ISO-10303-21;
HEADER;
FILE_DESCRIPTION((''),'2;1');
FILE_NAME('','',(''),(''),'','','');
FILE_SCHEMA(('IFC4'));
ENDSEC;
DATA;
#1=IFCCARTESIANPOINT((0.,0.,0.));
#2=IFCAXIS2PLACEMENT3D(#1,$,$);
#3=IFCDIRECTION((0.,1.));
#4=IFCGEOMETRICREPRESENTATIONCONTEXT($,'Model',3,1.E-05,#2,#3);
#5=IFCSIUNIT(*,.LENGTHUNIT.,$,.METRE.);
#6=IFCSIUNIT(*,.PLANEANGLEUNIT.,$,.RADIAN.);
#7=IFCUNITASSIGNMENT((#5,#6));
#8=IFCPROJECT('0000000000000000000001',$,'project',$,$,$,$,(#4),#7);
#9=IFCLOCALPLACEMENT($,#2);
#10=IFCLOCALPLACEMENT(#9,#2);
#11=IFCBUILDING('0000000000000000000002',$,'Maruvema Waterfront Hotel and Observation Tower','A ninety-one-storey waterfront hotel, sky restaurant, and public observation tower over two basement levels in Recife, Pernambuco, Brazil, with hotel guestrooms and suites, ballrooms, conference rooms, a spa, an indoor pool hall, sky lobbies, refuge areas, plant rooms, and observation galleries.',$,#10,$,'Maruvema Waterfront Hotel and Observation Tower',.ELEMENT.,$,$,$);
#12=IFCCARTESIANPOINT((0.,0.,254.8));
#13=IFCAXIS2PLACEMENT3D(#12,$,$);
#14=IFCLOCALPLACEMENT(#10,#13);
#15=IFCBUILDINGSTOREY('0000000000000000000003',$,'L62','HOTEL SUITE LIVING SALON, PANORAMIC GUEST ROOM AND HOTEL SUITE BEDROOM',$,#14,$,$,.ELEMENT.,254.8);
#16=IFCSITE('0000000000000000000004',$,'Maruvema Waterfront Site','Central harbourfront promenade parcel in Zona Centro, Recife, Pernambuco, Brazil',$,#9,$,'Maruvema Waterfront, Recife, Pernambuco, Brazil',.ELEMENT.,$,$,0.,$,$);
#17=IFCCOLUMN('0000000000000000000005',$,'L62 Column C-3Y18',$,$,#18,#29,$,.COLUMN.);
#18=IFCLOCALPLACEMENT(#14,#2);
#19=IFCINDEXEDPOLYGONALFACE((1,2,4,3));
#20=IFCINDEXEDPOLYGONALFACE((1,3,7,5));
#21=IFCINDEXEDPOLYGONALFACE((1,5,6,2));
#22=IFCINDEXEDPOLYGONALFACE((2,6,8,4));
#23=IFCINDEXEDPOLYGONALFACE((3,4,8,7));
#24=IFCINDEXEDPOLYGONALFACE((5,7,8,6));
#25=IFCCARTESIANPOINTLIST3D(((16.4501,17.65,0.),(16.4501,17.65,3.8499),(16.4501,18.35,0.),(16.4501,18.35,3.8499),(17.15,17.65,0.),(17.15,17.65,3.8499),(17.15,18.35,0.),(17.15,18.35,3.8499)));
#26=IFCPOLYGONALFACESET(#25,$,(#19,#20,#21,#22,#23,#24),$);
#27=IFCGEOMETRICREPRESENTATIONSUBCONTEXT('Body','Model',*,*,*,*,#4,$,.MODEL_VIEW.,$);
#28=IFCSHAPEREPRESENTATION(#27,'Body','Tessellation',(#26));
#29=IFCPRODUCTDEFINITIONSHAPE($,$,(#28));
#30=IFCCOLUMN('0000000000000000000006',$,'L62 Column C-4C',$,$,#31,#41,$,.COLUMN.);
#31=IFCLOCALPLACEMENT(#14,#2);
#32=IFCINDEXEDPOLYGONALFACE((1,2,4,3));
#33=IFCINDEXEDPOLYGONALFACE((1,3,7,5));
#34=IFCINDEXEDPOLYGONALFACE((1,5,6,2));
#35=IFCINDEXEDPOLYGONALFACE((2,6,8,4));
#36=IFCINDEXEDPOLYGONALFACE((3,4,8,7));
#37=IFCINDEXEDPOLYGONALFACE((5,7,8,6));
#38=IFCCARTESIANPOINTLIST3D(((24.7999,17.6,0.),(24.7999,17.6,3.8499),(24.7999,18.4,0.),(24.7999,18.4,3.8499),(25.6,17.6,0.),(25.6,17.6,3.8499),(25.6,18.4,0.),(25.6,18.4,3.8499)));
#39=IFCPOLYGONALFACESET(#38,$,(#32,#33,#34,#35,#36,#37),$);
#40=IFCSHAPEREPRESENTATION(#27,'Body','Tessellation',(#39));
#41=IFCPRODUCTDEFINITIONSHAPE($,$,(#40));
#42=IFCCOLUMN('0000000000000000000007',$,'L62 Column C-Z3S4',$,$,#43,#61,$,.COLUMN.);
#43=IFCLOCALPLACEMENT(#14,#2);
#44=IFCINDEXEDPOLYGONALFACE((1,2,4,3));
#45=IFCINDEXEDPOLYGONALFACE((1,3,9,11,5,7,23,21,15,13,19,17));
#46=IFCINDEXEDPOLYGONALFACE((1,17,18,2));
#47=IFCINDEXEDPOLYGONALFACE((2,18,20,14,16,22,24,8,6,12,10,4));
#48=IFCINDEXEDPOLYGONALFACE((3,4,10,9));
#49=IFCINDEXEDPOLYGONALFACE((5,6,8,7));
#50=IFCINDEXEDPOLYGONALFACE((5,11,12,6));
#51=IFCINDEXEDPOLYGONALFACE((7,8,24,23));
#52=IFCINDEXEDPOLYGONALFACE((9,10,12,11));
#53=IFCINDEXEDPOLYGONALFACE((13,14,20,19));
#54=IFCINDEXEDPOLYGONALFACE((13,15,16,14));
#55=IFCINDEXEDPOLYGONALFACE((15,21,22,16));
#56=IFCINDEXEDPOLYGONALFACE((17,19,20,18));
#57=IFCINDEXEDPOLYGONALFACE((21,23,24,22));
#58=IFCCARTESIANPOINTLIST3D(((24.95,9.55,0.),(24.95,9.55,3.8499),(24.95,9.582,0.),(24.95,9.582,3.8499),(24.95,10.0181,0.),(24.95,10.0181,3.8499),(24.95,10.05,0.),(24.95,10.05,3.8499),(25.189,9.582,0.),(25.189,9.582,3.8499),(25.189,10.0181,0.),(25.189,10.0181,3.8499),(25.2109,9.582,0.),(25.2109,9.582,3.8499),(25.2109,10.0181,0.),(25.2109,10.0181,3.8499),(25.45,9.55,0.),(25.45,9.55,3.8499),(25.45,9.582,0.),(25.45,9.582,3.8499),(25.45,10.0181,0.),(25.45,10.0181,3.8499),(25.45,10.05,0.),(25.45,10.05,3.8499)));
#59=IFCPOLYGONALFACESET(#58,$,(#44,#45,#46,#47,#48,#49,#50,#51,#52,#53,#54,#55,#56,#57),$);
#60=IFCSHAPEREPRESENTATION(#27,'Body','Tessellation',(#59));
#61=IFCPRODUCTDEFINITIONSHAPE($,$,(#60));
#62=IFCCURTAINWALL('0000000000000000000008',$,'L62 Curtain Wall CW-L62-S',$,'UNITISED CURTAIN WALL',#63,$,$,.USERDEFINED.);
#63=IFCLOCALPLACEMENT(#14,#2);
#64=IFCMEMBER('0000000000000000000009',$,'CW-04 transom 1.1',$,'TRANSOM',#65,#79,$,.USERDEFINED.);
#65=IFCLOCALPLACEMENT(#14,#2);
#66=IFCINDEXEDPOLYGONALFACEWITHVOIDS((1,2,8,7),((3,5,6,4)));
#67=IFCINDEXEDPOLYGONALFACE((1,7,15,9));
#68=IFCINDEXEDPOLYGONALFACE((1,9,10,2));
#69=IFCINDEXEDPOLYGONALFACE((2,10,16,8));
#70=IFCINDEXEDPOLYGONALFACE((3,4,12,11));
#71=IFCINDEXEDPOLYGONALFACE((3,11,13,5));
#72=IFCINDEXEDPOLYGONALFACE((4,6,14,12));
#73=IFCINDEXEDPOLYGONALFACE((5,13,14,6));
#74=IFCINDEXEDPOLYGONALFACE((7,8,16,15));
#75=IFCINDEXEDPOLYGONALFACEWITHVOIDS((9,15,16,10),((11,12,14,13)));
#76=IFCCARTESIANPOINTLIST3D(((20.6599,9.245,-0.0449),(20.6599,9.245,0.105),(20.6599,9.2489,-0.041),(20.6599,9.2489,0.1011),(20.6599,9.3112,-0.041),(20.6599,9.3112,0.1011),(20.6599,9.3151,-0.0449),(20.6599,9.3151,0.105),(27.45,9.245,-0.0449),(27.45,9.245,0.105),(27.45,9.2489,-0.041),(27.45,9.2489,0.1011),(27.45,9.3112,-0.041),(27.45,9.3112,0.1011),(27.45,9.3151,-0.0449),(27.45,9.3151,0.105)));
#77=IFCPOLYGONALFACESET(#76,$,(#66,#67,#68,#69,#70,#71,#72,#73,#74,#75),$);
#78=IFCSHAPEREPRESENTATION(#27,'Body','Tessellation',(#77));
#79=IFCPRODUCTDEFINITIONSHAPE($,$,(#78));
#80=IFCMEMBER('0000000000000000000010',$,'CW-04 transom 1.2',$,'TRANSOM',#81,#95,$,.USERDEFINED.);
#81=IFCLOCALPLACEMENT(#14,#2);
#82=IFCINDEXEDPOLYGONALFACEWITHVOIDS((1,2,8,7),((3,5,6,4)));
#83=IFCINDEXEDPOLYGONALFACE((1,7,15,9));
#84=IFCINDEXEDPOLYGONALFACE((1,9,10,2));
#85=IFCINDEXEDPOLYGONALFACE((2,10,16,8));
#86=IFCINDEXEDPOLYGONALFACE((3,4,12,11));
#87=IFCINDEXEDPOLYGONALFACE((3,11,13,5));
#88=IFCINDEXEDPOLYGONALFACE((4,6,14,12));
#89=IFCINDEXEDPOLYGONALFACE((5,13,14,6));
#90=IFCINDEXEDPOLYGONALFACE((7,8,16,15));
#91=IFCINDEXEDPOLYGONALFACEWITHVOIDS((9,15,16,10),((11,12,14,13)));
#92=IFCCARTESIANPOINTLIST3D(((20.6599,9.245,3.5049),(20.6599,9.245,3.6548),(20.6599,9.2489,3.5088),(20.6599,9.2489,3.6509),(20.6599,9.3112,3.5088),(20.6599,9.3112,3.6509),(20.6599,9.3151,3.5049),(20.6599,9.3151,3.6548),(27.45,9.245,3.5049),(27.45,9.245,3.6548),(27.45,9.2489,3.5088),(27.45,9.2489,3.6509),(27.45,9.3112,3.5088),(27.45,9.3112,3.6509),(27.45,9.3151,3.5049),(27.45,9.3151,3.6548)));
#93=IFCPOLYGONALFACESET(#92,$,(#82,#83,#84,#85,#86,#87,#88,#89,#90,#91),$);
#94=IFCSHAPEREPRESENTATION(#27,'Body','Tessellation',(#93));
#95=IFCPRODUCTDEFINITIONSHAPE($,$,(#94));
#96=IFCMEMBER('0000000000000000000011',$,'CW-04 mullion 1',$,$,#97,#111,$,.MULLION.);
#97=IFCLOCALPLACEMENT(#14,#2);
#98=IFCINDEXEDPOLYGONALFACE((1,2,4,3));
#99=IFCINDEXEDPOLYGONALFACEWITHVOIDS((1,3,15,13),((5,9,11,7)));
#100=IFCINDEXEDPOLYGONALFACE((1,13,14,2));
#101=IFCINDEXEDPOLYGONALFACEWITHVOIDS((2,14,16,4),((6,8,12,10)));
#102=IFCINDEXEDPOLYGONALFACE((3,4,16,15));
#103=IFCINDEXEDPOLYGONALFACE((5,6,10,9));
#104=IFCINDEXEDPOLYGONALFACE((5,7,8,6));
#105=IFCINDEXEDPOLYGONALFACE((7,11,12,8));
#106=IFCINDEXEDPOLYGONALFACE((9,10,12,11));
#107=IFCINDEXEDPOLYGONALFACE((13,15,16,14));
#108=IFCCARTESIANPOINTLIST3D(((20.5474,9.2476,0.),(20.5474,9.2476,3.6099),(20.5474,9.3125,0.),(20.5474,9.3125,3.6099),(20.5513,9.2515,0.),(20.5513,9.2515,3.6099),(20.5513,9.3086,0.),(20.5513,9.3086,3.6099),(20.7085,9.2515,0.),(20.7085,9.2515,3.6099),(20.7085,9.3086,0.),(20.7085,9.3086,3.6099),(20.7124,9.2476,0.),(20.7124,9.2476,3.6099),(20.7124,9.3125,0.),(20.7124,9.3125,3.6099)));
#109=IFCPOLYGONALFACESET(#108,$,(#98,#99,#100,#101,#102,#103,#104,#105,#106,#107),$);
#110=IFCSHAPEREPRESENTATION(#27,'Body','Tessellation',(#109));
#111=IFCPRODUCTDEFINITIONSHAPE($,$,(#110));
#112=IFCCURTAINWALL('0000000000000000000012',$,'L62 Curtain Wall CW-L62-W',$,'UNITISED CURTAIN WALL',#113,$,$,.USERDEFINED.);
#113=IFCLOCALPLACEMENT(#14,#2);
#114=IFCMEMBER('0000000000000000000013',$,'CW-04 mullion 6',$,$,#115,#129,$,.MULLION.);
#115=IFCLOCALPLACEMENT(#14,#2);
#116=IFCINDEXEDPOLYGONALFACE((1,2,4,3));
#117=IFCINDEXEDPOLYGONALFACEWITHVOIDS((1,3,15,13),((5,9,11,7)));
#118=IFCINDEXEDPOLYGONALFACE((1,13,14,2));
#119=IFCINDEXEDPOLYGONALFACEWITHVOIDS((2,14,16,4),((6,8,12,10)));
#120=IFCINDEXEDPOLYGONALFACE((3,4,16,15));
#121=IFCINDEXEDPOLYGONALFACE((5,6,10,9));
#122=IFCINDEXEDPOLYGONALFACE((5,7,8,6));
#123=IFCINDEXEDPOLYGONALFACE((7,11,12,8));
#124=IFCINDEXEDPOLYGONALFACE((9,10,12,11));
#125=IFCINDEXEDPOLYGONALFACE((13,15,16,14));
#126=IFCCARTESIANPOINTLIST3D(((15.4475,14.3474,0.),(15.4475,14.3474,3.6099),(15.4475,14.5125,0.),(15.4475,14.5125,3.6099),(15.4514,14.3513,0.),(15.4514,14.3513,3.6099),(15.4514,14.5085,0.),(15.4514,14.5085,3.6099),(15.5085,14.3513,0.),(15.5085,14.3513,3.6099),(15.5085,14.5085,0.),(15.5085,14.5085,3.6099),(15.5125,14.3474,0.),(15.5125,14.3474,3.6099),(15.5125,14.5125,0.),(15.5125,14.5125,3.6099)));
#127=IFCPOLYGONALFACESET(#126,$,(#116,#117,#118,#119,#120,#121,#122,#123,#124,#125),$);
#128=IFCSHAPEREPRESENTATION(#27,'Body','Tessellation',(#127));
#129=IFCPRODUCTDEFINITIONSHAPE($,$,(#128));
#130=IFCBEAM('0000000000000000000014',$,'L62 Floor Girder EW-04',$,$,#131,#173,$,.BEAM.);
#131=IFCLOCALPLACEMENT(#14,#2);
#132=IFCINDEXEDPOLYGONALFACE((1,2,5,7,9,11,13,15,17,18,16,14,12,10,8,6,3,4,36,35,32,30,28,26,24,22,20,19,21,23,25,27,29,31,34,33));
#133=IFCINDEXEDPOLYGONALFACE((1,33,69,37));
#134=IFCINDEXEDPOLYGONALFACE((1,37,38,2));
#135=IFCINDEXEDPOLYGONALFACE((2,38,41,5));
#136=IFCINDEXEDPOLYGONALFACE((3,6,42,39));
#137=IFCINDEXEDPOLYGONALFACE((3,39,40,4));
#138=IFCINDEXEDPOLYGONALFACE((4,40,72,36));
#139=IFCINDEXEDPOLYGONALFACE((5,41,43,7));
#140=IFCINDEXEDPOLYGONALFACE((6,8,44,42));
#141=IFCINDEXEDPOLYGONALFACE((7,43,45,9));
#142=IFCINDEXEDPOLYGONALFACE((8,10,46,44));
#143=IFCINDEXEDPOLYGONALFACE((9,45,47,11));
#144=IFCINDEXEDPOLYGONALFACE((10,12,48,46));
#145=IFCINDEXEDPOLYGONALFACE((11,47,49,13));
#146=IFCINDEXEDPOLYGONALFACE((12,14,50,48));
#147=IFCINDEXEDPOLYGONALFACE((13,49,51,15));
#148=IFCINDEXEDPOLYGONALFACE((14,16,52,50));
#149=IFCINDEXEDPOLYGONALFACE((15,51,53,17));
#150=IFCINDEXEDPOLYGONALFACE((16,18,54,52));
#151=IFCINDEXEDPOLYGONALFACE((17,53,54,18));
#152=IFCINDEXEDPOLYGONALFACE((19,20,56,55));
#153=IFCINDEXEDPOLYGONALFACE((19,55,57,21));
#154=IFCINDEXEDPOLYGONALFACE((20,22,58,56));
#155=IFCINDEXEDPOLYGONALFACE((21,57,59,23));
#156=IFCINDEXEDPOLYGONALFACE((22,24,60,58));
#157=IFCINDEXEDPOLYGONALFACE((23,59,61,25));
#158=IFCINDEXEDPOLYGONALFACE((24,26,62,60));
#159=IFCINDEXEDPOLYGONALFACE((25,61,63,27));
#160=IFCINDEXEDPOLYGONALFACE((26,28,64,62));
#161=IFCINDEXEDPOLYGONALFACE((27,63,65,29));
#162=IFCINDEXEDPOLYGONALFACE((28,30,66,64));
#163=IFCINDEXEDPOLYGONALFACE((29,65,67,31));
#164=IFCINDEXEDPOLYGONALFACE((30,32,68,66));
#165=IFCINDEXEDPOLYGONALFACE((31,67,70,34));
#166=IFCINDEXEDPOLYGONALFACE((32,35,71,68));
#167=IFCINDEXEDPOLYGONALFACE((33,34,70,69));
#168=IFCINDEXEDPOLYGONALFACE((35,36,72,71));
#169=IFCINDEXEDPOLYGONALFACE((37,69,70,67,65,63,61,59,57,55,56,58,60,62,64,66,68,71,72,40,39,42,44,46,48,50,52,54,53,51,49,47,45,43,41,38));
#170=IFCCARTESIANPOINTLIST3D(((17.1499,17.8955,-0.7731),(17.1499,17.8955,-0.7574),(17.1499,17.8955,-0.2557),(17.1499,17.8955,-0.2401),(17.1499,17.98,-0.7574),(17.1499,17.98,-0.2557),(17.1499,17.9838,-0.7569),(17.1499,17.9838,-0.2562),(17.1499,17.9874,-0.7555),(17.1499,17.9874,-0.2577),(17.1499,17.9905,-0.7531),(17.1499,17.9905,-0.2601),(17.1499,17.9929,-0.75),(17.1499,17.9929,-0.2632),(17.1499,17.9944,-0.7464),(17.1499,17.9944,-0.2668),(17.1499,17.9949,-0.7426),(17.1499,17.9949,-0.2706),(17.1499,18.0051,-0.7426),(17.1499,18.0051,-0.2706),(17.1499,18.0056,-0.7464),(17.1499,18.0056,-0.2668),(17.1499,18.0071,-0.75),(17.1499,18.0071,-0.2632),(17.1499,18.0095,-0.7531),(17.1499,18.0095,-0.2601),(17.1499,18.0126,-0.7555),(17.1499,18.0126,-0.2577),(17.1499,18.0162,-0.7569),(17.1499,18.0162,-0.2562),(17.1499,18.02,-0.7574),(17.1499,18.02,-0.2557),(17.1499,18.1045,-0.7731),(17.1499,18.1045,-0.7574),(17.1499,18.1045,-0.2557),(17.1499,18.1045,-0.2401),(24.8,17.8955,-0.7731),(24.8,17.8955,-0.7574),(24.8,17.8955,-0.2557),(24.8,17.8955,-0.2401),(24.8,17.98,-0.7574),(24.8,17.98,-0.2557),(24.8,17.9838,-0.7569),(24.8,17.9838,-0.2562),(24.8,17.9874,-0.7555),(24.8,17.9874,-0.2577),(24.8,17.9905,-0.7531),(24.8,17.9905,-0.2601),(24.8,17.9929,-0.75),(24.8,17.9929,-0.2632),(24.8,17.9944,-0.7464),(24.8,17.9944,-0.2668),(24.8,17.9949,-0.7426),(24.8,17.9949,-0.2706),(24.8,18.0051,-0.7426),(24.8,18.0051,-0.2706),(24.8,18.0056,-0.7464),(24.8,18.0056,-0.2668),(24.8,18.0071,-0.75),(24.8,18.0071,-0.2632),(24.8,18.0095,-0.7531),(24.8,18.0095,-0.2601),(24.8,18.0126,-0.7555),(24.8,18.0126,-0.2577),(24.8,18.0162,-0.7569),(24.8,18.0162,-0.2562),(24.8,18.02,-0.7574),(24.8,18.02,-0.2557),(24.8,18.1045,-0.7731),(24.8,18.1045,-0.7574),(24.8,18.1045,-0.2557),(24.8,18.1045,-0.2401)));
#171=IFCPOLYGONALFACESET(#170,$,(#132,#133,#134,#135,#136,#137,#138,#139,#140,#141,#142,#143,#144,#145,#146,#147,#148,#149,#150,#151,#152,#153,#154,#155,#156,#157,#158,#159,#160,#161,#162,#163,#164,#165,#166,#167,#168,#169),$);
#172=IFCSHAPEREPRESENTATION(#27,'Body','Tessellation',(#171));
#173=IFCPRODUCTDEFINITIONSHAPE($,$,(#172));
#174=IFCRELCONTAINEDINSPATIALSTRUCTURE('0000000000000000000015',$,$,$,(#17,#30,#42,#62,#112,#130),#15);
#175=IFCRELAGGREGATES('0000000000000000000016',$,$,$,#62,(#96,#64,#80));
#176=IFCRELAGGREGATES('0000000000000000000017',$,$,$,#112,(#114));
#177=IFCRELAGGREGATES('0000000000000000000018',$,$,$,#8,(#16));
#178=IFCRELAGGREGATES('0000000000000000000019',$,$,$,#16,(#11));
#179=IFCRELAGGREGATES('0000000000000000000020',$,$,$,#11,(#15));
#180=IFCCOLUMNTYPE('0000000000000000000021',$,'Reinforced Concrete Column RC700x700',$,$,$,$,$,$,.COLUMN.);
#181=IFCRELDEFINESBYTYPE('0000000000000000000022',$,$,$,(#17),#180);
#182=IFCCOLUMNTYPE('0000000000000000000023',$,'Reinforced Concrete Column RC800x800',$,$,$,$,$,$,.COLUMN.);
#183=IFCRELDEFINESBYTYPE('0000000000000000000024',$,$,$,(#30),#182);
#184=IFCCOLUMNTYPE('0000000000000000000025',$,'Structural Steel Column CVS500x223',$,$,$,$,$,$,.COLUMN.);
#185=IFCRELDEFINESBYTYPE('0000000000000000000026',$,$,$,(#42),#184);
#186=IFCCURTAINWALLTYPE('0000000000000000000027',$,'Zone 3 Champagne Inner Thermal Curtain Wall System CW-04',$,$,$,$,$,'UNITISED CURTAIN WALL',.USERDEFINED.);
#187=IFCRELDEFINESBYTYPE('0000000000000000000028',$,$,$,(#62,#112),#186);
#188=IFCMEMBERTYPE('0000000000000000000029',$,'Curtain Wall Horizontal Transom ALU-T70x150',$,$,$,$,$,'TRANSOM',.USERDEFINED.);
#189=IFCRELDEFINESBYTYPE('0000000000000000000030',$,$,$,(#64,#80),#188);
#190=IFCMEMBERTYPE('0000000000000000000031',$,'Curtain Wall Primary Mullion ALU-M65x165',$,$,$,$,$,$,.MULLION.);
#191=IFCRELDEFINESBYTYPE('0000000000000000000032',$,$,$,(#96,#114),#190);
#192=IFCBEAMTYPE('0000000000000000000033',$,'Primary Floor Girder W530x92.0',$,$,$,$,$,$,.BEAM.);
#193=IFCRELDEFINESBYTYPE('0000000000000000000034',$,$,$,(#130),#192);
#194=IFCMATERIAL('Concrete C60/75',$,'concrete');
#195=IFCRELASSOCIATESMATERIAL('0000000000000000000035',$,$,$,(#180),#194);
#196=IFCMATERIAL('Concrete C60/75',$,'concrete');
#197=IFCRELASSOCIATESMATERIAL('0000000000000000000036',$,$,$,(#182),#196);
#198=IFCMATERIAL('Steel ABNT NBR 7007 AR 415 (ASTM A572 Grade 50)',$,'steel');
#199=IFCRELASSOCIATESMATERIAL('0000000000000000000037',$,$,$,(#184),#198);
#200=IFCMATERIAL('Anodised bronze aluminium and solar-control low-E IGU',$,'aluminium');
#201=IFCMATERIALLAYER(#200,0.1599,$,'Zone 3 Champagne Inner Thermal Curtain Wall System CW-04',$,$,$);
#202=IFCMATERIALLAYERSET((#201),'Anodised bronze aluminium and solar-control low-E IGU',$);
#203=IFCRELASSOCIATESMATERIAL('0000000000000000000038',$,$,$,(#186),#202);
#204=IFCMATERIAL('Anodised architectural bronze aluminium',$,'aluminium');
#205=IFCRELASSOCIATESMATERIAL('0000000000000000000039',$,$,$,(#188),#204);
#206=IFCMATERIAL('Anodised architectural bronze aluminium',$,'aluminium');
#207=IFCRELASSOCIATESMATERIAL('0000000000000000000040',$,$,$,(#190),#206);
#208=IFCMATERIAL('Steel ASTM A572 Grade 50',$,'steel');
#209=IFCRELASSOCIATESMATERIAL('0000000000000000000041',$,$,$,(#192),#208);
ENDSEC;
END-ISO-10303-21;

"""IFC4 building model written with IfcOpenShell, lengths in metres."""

from ifc_helpers import new_model, si_unit, direction, frame, origin, origin_2d, place, context, subcontext, project, spatial, rectangle, hollow_rectangle, i_section, extrude, material, layer, layer_set, material_profile, profile_set, type_object, element, aggregate, save


model = new_model("IFC4")

# Units and contexts
model_context = context("Model", 3, precision=1e-05, world=origin(), true_north=direction((0.0, 1.0)))
body_context = subcontext(model_context, "Body", "Model", "MODEL_VIEW")
ifc_project = project(units=[si_unit("LENGTHUNIT", "METRE"), si_unit("PLANEANGLEUNIT", "RADIAN")], contexts=[model_context])

# Site, building, storey
site_placement = place(None, origin())
site = spatial("IfcSite", under=ifc_project, at=site_placement, Name="Maruvema Waterfront Site", Description="Central harbourfront promenade parcel in Zona Centro, Recife, Pernambuco, Brazil", LongName="Maruvema Waterfront, Recife, Pernambuco, Brazil", CompositionType="ELEMENT", RefElevation=0.0)
building_placement = place(site_placement, origin())
building = spatial("IfcBuilding", under=site, at=building_placement, Name="Maruvema Waterfront Hotel and Observation Tower", Description="A ninety-one-storey waterfront hotel, sky restaurant, and public observation tower over two basement levels in Recife, Pernambuco, Brazil, with hotel guestrooms and suites, ballrooms, conference rooms, a spa, an indoor pool hall, sky lobbies, refuge areas, plant rooms, and observation galleries.", LongName="Maruvema Waterfront Hotel and Observation Tower", CompositionType="ELEMENT")
storey_placement = place(building_placement, frame((0.0, 0.0, 254.8)))
storey = spatial("IfcBuildingStorey", under=building, at=storey_placement, Name="L62", Description="HOTEL SUITE LIVING SALON, PANORAMIC GUEST ROOM AND HOTEL SUITE BEDROOM", CompositionType="ELEMENT", Elevation=254.8)

# Columns
ifc_material_1 = material(Name="Concrete C60/75", Category="concrete")
ifc_material_profile_1 = material_profile(ifc_material_1, rectangle(XDim=0.7, YDim=0.7, at=origin_2d()), Name="RC700x700")
ifc_profile_set_1 = profile_set([ifc_material_profile_1], Name="Concrete C60/75")
column_type_1 = type_object("IfcColumnType", Name="Reinforced Concrete Column RC700x700", PredefinedType="COLUMN", material=ifc_profile_set_1)
column_1_placement = place(storey_placement, frame((16.8, 18.0, 0.0), z_axis=(0.0, 0.0, 1.0), x_axis=(1.0, 0.0, 0.0)))
element("IfcColumn", 1, at=column_1_placement, inside=storey, type_object=column_type_1, Name="L62 Column C-3Y18", PredefinedType="COLUMN", context=body_context, shape_type="SweptSolid", body=[
    extrude(rectangle(XDim=0.7, YDim=0.7, at=origin_2d()), origin(), (0.0, 0.0, 1.0), 3.8499),
])
ifc_material_2 = material(Name="Concrete C60/75", Category="concrete")
ifc_material_profile_2 = material_profile(ifc_material_2, rectangle(XDim=0.8, YDim=0.8, at=origin_2d()), Name="RC800x800")
ifc_profile_set_2 = profile_set([ifc_material_profile_2], Name="Concrete C60/75")
column_type_2 = type_object("IfcColumnType", Name="Reinforced Concrete Column RC800x800", PredefinedType="COLUMN", material=ifc_profile_set_2)
column_2_placement = place(storey_placement, frame((25.2, 18.0, 0.0), z_axis=(0.0, 0.0, 1.0), x_axis=(1.0, 0.0, 0.0)))
element("IfcColumn", 2, at=column_2_placement, inside=storey, type_object=column_type_2, Name="L62 Column C-4C", PredefinedType="COLUMN", context=body_context, shape_type="SweptSolid", body=[
    extrude(rectangle(XDim=0.8, YDim=0.8, at=origin_2d()), origin(), (0.0, 0.0, 1.0), 3.8499),
])
ifc_material_3 = material(Name="Steel ABNT NBR 7007 AR 415 (ASTM A572 Grade 50)", Category="steel")
ifc_material_profile_3 = material_profile(ifc_material_3, i_section(OverallWidth=0.5, OverallDepth=0.5, WebThickness=0.022, FlangeThickness=0.032, at=origin_2d()), Name="CVS500x223")
ifc_profile_set_3 = profile_set([ifc_material_profile_3], Name="Steel ABNT NBR 7007 AR 415 (ASTM A572 Grade 50)")
column_type_3 = type_object("IfcColumnType", Name="Structural Steel Column CVS500x223", PredefinedType="COLUMN", material=ifc_profile_set_3)
column_3_placement = place(storey_placement, frame((25.2, 9.8, 0.0), z_axis=(0.0, 0.0, 1.0), x_axis=(1.0, 0.0, 0.0)))
element("IfcColumn", 3, at=column_3_placement, inside=storey, type_object=column_type_3, Name="L62 Column C-Z3S4", PredefinedType="COLUMN", context=body_context, shape_type="SweptSolid", body=[
    extrude(i_section(OverallWidth=0.5, OverallDepth=0.5, WebThickness=0.022, FlangeThickness=0.032, at=origin_2d()), origin(), (0.0, 0.0, 1.0), 3.8499),
])

# Curtain wall, members
ifc_material_4 = material(Name="Anodised bronze aluminium and solar-control low-E IGU", Category="aluminium")
ifc_layer_1 = layer(ifc_material_4, 0.1599, Name="Zone 3 Champagne Inner Thermal Curtain Wall System CW-04")
ifc_layer_set_1 = layer_set([ifc_layer_1], Name="Anodised bronze aluminium and solar-control low-E IGU")
curtain_wall_type = type_object("IfcCurtainWallType", Name="Zone 3 Champagne Inner Thermal Curtain Wall System CW-04", ElementType="UNITISED CURTAIN WALL", PredefinedType="USERDEFINED", material=ifc_layer_set_1)
curtain_wall_1_placement = place(storey_placement, origin())
curtain_wall_1 = element("IfcCurtainWall", 4, at=curtain_wall_1_placement, inside=storey, type_object=curtain_wall_type, Name="L62 Curtain Wall CW-L62-S", ObjectType="UNITISED CURTAIN WALL", PredefinedType="USERDEFINED")
ifc_material_5 = material(Name="Anodised architectural bronze aluminium", Category="aluminium")
ifc_material_profile_4 = material_profile(ifc_material_5, hollow_rectangle(XDim=0.0701, YDim=0.1499, WallThickness=0.0039, at=origin_2d()), Name="ALU-T70x150")
ifc_profile_set_4 = profile_set([ifc_material_profile_4], Name="Anodised architectural bronze aluminium")
member_type_1 = type_object("IfcMemberType", Name="Curtain Wall Horizontal Transom ALU-T70x150", ElementType="TRANSOM", PredefinedType="USERDEFINED", material=ifc_profile_set_4)
member_1_placement = place(storey_placement, frame((20.6599, 9.28, 0.03), z_axis=(1.0, 0.0, 0.0), x_axis=(0.0, 1.0, 0.0)))
member_1 = element("IfcMember", 5, at=member_1_placement, type_object=member_type_1, Name="CW-04 transom 1.1", ObjectType="TRANSOM", PredefinedType="USERDEFINED", context=body_context, shape_type="SweptSolid", body=[
    extrude(hollow_rectangle(XDim=0.0701, YDim=0.1499, WallThickness=0.0039, at=origin_2d()), origin(), (0.0, 0.0, 1.0), 6.79),
])
member_2_placement = place(storey_placement, frame((20.6599, 9.28, 3.5798), z_axis=(1.0, 0.0, 0.0), x_axis=(0.0, 1.0, 0.0)))
member_2 = element("IfcMember", 6, at=member_2_placement, type_object=member_type_1, Name="CW-04 transom 1.2", ObjectType="TRANSOM", PredefinedType="USERDEFINED", context=body_context, shape_type="SweptSolid", body=[
    extrude(hollow_rectangle(XDim=0.0701, YDim=0.1499, WallThickness=0.0039, at=origin_2d()), origin(), (0.0, 0.0, 1.0), 6.79),
])
ifc_material_6 = material(Name="Anodised architectural bronze aluminium", Category="aluminium")
ifc_material_profile_5 = material_profile(ifc_material_6, hollow_rectangle(XDim=0.0649, YDim=0.165, WallThickness=0.0039, at=origin_2d()), Name="ALU-M65x165")
ifc_profile_set_5 = profile_set([ifc_material_profile_5], Name="Anodised architectural bronze aluminium")
member_type_2 = type_object("IfcMemberType", Name="Curtain Wall Primary Mullion ALU-M65x165", PredefinedType="MULLION", material=ifc_profile_set_5)
member_3_placement = place(storey_placement, frame((20.6299, 9.28, 0.0), z_axis=(0.0, 0.0, 1.0), x_axis=(0.0, 1.0, 0.0)))
member_3 = element("IfcMember", 7, at=member_3_placement, type_object=member_type_2, Name="CW-04 mullion 1", PredefinedType="MULLION", context=body_context, shape_type="SweptSolid", body=[
    extrude(hollow_rectangle(XDim=0.0649, YDim=0.165, WallThickness=0.0039, at=origin_2d()), origin(), (0.0, 0.0, 1.0), 3.6099),
])

# Curtain wall, member
curtain_wall_2_placement = place(storey_placement, origin())
curtain_wall_2 = element("IfcCurtainWall", 8, at=curtain_wall_2_placement, inside=storey, type_object=curtain_wall_type, Name="L62 Curtain Wall CW-L62-W", ObjectType="UNITISED CURTAIN WALL", PredefinedType="USERDEFINED")
member_4_placement = place(storey_placement, frame((15.48, 14.4299, 0.0), z_axis=(0.0, 0.0, 1.0), x_axis=(1.0, 0.0, 0.0)))
member_4 = element("IfcMember", 9, at=member_4_placement, type_object=member_type_2, Name="CW-04 mullion 6", PredefinedType="MULLION", context=body_context, shape_type="SweptSolid", body=[
    extrude(hollow_rectangle(XDim=0.0649, YDim=0.165, WallThickness=0.0039, at=origin_2d()), origin(), (0.0, 0.0, 1.0), 3.6099),
])

# Beam
ifc_material_7 = material(Name="Steel ASTM A572 Grade 50", Category="steel")
ifc_material_profile_6 = material_profile(ifc_material_7, i_section(OverallWidth=0.209, OverallDepth=0.533, WebThickness=0.0103, FlangeThickness=0.0156, FilletRadius=0.0149, at=origin_2d()), Name="W530x92.0")
ifc_profile_set_6 = profile_set([ifc_material_profile_6], Name="Steel ASTM A572 Grade 50")
beam_type_1 = type_object("IfcBeamType", Name="Primary Floor Girder W530x92.0", PredefinedType="BEAM", material=ifc_profile_set_6)
beam_1_placement = place(storey_placement, frame((17.1499, 18.0, -0.5066), z_axis=(1.0, 0.0, 0.0), x_axis=(0.0, 1.0, 0.0)))
element("IfcBeam", 10, at=beam_1_placement, inside=storey, type_object=beam_type_1, Name="L62 Floor Girder EW-04", PredefinedType="BEAM", context=body_context, shape_type="SweptSolid", body=[
    extrude(i_section(OverallWidth=0.209, OverallDepth=0.533, WebThickness=0.0103, FlangeThickness=0.0156, FilletRadius=0.0149, at=origin_2d()), origin(), (0.0, 0.0, 1.0), 7.6501),
])

aggregate(curtain_wall_1, [member_3, member_1, member_2])
aggregate(curtain_wall_2, [member_4])

save(model, "model.ifc")
